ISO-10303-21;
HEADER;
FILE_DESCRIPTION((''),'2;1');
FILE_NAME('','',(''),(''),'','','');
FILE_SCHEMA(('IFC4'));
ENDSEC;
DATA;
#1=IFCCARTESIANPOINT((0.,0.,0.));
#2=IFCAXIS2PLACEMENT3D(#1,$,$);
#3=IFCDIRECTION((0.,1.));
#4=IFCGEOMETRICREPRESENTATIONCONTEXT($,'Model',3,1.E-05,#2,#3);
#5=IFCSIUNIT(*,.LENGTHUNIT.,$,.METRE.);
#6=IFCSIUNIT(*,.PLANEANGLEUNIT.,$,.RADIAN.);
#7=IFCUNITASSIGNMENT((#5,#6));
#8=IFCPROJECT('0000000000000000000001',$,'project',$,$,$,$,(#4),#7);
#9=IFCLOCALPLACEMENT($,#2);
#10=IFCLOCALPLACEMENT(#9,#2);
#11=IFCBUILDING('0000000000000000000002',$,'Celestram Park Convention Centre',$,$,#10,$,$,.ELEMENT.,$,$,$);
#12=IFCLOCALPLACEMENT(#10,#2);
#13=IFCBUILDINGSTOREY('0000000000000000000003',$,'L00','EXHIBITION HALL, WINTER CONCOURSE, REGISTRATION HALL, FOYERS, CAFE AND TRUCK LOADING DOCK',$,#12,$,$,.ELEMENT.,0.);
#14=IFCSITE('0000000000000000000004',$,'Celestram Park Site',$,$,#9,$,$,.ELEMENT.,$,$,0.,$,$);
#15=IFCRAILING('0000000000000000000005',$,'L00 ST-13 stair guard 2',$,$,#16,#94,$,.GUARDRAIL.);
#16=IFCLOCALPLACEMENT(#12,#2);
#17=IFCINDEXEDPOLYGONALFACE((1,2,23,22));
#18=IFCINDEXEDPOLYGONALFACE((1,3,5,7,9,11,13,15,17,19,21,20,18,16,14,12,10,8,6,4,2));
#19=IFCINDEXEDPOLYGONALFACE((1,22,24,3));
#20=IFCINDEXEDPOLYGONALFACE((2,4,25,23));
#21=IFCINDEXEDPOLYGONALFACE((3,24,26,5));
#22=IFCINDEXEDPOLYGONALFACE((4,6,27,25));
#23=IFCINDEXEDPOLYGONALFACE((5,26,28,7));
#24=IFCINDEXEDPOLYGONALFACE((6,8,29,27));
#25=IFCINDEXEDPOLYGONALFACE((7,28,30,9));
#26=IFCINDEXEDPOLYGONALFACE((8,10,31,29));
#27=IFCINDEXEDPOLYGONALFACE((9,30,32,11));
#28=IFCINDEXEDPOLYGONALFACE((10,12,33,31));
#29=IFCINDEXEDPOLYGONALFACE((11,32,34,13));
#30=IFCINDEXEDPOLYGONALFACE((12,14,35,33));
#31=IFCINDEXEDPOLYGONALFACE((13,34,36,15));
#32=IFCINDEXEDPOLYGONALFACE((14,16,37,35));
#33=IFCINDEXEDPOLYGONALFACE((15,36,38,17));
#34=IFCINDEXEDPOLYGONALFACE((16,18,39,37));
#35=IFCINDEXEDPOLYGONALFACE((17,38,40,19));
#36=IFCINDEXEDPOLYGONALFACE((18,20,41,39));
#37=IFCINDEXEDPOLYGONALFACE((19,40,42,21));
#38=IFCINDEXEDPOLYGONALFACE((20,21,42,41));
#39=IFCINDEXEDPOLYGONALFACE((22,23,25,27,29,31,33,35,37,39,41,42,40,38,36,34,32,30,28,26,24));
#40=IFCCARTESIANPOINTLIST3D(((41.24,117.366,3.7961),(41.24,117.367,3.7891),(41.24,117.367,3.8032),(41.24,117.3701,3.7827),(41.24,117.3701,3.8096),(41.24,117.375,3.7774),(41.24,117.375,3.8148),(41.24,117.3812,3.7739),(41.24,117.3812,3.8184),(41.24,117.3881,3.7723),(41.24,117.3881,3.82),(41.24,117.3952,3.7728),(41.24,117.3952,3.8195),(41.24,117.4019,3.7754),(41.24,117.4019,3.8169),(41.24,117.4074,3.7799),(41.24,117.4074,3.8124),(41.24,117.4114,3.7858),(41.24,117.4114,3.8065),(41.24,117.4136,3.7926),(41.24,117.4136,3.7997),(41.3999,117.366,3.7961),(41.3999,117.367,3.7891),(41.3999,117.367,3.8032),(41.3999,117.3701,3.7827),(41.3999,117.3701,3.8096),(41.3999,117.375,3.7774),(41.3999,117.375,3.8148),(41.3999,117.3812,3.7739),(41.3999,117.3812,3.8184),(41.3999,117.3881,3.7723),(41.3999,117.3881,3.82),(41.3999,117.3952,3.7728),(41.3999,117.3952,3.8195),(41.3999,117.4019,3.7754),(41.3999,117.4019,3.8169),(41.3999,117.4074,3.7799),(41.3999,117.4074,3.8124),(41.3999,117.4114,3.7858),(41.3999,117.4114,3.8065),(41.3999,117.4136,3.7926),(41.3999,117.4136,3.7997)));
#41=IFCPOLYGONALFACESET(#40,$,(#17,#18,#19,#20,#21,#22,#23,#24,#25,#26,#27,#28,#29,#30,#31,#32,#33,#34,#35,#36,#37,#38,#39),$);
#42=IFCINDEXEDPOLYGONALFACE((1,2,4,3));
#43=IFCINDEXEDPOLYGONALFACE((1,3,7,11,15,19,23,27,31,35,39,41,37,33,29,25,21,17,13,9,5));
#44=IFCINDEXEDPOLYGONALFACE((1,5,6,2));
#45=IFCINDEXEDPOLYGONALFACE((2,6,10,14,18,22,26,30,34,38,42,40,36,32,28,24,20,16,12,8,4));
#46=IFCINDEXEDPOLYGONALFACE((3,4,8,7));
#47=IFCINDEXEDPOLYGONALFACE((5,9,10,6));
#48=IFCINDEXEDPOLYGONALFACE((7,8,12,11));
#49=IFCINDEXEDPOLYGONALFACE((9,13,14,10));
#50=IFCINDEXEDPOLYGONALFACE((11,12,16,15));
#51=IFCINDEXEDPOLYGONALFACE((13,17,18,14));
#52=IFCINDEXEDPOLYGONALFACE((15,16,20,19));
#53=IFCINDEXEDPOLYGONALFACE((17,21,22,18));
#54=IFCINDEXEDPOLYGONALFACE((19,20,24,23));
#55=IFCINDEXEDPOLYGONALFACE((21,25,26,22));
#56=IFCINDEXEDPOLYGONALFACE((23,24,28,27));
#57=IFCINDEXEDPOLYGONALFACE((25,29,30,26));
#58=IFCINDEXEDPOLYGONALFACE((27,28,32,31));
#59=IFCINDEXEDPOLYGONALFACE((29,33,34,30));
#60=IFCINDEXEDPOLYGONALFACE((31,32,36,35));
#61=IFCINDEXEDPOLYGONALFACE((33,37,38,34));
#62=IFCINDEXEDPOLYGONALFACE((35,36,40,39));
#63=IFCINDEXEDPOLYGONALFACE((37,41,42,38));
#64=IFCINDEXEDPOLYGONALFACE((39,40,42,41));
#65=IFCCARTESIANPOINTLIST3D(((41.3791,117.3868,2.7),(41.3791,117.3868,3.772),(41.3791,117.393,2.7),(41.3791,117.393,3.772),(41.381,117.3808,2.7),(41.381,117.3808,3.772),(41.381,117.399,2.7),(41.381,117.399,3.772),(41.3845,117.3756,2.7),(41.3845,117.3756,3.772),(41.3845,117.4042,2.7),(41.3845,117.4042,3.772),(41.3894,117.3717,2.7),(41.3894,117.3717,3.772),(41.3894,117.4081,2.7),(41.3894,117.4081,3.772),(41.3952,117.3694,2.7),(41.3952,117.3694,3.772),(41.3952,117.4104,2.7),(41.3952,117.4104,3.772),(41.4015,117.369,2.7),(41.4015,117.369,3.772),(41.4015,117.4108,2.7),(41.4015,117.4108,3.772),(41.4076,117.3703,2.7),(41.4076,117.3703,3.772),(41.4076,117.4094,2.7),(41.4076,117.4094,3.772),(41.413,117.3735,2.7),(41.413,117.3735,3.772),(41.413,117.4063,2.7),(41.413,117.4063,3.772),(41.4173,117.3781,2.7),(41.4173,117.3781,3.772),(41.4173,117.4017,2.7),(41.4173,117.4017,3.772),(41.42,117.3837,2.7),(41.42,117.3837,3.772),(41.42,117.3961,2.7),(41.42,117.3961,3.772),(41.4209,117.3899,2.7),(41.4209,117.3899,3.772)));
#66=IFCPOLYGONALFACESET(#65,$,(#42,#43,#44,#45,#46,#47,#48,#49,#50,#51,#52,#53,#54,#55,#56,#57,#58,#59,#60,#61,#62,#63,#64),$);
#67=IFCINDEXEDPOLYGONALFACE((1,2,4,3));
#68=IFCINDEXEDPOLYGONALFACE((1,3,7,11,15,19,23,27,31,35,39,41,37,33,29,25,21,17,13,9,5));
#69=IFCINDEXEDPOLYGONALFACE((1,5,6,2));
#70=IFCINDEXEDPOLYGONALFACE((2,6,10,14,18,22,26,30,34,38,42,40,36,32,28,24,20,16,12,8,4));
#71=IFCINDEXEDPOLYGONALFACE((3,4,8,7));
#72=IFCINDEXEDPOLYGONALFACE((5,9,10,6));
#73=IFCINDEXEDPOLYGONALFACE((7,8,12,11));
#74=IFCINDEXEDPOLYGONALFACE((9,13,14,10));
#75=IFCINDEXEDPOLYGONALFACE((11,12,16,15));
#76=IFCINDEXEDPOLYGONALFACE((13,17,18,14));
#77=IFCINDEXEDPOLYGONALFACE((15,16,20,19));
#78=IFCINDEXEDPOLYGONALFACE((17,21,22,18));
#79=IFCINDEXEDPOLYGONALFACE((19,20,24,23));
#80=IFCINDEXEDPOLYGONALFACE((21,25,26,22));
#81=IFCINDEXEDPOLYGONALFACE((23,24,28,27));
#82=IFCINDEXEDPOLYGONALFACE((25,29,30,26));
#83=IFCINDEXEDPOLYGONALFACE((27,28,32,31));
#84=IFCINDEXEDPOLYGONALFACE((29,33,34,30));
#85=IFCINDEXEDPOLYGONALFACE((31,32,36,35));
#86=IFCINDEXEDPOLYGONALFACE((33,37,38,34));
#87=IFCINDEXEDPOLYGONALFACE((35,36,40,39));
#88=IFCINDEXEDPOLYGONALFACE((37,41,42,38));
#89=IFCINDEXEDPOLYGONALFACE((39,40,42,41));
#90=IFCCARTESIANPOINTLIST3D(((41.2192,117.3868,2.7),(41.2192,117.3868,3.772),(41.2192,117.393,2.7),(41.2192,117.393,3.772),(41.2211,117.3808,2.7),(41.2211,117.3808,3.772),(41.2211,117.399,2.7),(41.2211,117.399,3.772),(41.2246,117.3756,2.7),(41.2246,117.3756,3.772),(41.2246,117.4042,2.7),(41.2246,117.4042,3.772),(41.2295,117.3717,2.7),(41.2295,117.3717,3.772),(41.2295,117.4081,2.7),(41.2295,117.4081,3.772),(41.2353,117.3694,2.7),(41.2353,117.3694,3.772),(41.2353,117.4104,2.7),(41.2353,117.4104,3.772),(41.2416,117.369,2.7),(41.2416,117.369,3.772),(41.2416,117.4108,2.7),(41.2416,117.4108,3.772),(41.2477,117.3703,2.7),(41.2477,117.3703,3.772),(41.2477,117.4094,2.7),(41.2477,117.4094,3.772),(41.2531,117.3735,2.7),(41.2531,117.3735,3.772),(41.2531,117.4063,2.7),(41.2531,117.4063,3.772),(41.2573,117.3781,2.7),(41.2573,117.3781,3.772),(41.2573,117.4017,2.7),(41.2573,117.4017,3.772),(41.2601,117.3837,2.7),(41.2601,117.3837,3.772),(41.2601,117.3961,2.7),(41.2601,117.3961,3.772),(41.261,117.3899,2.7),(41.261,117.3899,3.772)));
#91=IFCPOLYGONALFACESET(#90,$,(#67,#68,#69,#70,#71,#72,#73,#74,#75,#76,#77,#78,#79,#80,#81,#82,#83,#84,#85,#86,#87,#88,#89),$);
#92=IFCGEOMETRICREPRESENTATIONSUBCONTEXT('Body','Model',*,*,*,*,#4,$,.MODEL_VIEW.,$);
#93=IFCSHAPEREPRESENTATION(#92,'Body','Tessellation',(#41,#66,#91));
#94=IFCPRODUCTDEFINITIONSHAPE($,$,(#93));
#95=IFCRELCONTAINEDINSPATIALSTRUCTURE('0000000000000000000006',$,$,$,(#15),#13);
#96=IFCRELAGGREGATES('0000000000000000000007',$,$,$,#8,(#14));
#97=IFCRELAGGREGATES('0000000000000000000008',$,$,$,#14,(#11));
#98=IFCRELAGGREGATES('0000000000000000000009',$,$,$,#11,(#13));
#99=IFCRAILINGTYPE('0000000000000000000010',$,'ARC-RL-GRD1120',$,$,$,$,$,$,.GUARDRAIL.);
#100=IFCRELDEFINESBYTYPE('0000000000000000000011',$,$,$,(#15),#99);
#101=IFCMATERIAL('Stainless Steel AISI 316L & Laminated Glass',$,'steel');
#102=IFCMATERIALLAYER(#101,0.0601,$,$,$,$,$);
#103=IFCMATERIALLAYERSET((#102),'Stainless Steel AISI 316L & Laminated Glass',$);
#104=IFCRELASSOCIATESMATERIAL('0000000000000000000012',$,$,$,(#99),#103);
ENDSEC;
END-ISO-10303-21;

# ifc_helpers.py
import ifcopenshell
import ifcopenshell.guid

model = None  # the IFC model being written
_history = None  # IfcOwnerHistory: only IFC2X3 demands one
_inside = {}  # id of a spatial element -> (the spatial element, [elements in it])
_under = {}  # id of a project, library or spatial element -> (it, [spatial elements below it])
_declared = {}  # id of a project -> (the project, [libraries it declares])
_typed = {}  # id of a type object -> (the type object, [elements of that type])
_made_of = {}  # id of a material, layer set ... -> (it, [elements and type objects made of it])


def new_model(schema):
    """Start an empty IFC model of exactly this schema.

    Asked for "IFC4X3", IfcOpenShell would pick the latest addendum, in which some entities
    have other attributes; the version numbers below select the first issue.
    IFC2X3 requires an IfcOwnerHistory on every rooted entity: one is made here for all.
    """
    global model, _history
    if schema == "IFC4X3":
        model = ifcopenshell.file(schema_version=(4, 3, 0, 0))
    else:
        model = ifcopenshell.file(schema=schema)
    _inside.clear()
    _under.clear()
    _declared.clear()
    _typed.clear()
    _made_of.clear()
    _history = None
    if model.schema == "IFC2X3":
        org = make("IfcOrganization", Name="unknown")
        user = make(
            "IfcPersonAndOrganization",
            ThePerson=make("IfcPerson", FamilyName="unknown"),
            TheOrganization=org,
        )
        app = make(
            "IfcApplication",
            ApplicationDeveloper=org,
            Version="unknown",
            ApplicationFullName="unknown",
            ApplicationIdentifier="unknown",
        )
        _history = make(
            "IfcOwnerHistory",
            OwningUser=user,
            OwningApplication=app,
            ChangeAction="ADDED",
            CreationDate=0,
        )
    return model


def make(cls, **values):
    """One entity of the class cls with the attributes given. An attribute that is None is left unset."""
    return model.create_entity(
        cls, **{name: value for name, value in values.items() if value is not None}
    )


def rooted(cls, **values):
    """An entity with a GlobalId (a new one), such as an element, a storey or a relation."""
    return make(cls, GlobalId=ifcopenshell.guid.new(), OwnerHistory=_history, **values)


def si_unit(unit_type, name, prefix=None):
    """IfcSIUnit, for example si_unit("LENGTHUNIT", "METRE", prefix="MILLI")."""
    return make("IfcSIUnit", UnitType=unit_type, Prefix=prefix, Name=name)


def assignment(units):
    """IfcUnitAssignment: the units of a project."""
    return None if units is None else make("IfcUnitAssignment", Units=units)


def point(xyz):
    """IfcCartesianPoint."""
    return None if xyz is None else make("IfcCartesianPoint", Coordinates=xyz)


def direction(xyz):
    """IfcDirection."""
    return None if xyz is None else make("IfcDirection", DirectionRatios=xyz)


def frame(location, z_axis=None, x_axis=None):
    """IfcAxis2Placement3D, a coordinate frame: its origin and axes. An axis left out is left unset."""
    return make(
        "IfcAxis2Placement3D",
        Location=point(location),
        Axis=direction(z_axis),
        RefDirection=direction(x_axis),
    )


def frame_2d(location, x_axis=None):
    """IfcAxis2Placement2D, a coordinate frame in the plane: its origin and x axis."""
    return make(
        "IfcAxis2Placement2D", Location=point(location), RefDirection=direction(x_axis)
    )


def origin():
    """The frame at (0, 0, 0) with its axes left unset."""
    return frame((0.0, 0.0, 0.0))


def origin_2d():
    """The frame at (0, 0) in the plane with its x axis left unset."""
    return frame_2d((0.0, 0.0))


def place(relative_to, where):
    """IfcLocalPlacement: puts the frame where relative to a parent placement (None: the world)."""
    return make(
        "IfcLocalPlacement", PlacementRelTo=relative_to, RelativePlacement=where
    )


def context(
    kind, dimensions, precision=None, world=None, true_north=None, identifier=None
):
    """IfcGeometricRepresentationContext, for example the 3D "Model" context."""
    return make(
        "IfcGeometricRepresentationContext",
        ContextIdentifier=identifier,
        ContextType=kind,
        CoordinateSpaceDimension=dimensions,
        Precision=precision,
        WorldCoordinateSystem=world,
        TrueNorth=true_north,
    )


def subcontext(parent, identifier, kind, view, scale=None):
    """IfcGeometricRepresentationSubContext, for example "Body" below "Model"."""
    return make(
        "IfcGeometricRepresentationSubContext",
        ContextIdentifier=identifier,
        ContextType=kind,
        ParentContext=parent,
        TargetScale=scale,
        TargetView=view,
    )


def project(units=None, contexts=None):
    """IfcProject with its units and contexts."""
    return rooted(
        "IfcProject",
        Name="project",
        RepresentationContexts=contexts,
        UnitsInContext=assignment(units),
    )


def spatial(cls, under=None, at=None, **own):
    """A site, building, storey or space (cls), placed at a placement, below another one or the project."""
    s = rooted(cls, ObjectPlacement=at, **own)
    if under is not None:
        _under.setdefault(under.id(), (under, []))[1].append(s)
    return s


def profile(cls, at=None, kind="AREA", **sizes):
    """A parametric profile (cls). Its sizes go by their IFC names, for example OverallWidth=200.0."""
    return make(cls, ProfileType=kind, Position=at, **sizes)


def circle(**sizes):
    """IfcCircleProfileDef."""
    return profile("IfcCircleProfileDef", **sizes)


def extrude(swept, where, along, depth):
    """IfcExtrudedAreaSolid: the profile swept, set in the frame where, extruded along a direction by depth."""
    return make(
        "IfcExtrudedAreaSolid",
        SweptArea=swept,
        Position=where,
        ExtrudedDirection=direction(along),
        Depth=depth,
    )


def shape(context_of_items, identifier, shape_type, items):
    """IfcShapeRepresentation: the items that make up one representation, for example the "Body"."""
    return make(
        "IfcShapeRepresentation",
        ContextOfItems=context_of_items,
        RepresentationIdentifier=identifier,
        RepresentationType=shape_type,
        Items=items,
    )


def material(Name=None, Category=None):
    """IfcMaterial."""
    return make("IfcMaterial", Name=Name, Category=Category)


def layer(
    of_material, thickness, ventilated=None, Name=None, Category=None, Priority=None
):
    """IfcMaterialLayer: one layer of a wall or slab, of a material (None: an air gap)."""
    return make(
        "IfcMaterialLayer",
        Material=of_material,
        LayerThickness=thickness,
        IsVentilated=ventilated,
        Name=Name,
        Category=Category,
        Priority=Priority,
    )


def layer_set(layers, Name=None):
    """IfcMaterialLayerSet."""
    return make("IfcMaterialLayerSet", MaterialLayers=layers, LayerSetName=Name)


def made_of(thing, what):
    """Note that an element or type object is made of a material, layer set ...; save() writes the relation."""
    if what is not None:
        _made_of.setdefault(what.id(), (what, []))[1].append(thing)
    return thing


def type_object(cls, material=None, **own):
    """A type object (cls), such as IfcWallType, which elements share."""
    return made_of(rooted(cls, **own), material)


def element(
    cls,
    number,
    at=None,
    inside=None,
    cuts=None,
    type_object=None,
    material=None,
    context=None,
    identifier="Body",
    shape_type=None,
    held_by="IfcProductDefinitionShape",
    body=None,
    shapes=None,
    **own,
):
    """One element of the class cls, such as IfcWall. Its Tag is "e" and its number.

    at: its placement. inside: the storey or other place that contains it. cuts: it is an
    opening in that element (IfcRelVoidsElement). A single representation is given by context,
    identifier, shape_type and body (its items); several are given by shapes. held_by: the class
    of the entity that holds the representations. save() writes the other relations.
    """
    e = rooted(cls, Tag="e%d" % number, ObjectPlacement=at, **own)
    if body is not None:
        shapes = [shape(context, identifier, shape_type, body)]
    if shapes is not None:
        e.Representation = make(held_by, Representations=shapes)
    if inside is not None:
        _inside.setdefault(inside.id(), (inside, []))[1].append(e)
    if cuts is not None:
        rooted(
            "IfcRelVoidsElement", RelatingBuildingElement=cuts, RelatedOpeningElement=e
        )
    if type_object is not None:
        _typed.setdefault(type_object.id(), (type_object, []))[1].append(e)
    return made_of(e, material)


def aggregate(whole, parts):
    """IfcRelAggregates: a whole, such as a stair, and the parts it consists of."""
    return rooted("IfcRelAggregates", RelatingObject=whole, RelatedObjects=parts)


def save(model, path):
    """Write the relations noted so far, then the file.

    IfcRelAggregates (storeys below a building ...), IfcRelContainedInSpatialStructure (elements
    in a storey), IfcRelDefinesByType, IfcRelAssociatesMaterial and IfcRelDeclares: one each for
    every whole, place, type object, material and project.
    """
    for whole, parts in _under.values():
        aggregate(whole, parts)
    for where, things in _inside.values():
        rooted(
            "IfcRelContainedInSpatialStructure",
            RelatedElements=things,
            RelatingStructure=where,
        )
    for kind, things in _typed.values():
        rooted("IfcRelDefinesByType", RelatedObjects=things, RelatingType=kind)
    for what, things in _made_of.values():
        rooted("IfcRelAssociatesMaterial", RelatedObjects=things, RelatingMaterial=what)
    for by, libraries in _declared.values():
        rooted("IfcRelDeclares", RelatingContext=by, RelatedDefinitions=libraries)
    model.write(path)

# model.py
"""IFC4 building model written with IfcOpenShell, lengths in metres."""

from ifc_helpers import new_model, si_unit, direction, frame, origin, origin_2d, place, context, subcontext, project, spatial, circle, extrude, material, layer, layer_set, type_object, element, save


model = new_model("IFC4")

# Units and contexts
model_context = context("Model", 3, precision=1e-05, world=origin(), true_north=direction((0.0, 1.0)))
body_context = subcontext(model_context, "Body", "Model", "MODEL_VIEW")
ifc_project = project(units=[si_unit("LENGTHUNIT", "METRE"), si_unit("PLANEANGLEUNIT", "RADIAN")], contexts=[model_context])

# Site, building, storey
site_placement = place(None, origin())
site = spatial("IfcSite", under=ifc_project, at=site_placement, Name="Celestram Park Site", CompositionType="ELEMENT", RefElevation=0.0)
building_placement = place(site_placement, origin())
building = spatial("IfcBuilding", under=site, at=building_placement, Name="Celestram Park Convention Centre", CompositionType="ELEMENT")
storey_placement = place(building_placement, origin())
storey = spatial("IfcBuildingStorey", under=building, at=storey_placement, Name="L00", Description="EXHIBITION HALL, WINTER CONCOURSE, REGISTRATION HALL, FOYERS, CAFE AND TRUCK LOADING DOCK", CompositionType="ELEMENT", Elevation=0.0)

# Railing
ifc_material_1 = material(Name="Stainless Steel AISI 316L & Laminated Glass", Category="steel")
ifc_layer_1 = layer(ifc_material_1, 0.0601)
ifc_layer_set_1 = layer_set([ifc_layer_1], Name="Stainless Steel AISI 316L & Laminated Glass")
railing_type_1 = type_object("IfcRailingType", Name="ARC-RL-GRD1120", PredefinedType="GUARDRAIL", material=ifc_layer_set_1)
railing_1_placement = place(storey_placement, frame((41.3999, 117.3899, 2.7)))
element("IfcRailing", 1, at=railing_1_placement, inside=storey, type_object=railing_type_1, Name="L00 ST-13 stair guard 2", PredefinedType="GUARDRAIL", context=body_context, shape_type="SweptSolid", body=[
    extrude(circle(Radius=0.0239, at=origin_2d()), frame((0.0, 0.0, 1.0962), z_axis=(-1.0, 0.0, 0.0), x_axis=(0.0, -1.0, 0.0)), (0.0, 0.0, 1.0), 0.1599),
    extrude(circle(Radius=0.021, at=origin_2d()), origin(), (0.0, 0.0, 1.0), 1.072),
    extrude(circle(Radius=0.021, at=origin_2d()), frame((-0.1599, 0.0, 0.0)), (0.0, 0.0, 1.0), 1.072),
])

save(model, "model.ifc")
